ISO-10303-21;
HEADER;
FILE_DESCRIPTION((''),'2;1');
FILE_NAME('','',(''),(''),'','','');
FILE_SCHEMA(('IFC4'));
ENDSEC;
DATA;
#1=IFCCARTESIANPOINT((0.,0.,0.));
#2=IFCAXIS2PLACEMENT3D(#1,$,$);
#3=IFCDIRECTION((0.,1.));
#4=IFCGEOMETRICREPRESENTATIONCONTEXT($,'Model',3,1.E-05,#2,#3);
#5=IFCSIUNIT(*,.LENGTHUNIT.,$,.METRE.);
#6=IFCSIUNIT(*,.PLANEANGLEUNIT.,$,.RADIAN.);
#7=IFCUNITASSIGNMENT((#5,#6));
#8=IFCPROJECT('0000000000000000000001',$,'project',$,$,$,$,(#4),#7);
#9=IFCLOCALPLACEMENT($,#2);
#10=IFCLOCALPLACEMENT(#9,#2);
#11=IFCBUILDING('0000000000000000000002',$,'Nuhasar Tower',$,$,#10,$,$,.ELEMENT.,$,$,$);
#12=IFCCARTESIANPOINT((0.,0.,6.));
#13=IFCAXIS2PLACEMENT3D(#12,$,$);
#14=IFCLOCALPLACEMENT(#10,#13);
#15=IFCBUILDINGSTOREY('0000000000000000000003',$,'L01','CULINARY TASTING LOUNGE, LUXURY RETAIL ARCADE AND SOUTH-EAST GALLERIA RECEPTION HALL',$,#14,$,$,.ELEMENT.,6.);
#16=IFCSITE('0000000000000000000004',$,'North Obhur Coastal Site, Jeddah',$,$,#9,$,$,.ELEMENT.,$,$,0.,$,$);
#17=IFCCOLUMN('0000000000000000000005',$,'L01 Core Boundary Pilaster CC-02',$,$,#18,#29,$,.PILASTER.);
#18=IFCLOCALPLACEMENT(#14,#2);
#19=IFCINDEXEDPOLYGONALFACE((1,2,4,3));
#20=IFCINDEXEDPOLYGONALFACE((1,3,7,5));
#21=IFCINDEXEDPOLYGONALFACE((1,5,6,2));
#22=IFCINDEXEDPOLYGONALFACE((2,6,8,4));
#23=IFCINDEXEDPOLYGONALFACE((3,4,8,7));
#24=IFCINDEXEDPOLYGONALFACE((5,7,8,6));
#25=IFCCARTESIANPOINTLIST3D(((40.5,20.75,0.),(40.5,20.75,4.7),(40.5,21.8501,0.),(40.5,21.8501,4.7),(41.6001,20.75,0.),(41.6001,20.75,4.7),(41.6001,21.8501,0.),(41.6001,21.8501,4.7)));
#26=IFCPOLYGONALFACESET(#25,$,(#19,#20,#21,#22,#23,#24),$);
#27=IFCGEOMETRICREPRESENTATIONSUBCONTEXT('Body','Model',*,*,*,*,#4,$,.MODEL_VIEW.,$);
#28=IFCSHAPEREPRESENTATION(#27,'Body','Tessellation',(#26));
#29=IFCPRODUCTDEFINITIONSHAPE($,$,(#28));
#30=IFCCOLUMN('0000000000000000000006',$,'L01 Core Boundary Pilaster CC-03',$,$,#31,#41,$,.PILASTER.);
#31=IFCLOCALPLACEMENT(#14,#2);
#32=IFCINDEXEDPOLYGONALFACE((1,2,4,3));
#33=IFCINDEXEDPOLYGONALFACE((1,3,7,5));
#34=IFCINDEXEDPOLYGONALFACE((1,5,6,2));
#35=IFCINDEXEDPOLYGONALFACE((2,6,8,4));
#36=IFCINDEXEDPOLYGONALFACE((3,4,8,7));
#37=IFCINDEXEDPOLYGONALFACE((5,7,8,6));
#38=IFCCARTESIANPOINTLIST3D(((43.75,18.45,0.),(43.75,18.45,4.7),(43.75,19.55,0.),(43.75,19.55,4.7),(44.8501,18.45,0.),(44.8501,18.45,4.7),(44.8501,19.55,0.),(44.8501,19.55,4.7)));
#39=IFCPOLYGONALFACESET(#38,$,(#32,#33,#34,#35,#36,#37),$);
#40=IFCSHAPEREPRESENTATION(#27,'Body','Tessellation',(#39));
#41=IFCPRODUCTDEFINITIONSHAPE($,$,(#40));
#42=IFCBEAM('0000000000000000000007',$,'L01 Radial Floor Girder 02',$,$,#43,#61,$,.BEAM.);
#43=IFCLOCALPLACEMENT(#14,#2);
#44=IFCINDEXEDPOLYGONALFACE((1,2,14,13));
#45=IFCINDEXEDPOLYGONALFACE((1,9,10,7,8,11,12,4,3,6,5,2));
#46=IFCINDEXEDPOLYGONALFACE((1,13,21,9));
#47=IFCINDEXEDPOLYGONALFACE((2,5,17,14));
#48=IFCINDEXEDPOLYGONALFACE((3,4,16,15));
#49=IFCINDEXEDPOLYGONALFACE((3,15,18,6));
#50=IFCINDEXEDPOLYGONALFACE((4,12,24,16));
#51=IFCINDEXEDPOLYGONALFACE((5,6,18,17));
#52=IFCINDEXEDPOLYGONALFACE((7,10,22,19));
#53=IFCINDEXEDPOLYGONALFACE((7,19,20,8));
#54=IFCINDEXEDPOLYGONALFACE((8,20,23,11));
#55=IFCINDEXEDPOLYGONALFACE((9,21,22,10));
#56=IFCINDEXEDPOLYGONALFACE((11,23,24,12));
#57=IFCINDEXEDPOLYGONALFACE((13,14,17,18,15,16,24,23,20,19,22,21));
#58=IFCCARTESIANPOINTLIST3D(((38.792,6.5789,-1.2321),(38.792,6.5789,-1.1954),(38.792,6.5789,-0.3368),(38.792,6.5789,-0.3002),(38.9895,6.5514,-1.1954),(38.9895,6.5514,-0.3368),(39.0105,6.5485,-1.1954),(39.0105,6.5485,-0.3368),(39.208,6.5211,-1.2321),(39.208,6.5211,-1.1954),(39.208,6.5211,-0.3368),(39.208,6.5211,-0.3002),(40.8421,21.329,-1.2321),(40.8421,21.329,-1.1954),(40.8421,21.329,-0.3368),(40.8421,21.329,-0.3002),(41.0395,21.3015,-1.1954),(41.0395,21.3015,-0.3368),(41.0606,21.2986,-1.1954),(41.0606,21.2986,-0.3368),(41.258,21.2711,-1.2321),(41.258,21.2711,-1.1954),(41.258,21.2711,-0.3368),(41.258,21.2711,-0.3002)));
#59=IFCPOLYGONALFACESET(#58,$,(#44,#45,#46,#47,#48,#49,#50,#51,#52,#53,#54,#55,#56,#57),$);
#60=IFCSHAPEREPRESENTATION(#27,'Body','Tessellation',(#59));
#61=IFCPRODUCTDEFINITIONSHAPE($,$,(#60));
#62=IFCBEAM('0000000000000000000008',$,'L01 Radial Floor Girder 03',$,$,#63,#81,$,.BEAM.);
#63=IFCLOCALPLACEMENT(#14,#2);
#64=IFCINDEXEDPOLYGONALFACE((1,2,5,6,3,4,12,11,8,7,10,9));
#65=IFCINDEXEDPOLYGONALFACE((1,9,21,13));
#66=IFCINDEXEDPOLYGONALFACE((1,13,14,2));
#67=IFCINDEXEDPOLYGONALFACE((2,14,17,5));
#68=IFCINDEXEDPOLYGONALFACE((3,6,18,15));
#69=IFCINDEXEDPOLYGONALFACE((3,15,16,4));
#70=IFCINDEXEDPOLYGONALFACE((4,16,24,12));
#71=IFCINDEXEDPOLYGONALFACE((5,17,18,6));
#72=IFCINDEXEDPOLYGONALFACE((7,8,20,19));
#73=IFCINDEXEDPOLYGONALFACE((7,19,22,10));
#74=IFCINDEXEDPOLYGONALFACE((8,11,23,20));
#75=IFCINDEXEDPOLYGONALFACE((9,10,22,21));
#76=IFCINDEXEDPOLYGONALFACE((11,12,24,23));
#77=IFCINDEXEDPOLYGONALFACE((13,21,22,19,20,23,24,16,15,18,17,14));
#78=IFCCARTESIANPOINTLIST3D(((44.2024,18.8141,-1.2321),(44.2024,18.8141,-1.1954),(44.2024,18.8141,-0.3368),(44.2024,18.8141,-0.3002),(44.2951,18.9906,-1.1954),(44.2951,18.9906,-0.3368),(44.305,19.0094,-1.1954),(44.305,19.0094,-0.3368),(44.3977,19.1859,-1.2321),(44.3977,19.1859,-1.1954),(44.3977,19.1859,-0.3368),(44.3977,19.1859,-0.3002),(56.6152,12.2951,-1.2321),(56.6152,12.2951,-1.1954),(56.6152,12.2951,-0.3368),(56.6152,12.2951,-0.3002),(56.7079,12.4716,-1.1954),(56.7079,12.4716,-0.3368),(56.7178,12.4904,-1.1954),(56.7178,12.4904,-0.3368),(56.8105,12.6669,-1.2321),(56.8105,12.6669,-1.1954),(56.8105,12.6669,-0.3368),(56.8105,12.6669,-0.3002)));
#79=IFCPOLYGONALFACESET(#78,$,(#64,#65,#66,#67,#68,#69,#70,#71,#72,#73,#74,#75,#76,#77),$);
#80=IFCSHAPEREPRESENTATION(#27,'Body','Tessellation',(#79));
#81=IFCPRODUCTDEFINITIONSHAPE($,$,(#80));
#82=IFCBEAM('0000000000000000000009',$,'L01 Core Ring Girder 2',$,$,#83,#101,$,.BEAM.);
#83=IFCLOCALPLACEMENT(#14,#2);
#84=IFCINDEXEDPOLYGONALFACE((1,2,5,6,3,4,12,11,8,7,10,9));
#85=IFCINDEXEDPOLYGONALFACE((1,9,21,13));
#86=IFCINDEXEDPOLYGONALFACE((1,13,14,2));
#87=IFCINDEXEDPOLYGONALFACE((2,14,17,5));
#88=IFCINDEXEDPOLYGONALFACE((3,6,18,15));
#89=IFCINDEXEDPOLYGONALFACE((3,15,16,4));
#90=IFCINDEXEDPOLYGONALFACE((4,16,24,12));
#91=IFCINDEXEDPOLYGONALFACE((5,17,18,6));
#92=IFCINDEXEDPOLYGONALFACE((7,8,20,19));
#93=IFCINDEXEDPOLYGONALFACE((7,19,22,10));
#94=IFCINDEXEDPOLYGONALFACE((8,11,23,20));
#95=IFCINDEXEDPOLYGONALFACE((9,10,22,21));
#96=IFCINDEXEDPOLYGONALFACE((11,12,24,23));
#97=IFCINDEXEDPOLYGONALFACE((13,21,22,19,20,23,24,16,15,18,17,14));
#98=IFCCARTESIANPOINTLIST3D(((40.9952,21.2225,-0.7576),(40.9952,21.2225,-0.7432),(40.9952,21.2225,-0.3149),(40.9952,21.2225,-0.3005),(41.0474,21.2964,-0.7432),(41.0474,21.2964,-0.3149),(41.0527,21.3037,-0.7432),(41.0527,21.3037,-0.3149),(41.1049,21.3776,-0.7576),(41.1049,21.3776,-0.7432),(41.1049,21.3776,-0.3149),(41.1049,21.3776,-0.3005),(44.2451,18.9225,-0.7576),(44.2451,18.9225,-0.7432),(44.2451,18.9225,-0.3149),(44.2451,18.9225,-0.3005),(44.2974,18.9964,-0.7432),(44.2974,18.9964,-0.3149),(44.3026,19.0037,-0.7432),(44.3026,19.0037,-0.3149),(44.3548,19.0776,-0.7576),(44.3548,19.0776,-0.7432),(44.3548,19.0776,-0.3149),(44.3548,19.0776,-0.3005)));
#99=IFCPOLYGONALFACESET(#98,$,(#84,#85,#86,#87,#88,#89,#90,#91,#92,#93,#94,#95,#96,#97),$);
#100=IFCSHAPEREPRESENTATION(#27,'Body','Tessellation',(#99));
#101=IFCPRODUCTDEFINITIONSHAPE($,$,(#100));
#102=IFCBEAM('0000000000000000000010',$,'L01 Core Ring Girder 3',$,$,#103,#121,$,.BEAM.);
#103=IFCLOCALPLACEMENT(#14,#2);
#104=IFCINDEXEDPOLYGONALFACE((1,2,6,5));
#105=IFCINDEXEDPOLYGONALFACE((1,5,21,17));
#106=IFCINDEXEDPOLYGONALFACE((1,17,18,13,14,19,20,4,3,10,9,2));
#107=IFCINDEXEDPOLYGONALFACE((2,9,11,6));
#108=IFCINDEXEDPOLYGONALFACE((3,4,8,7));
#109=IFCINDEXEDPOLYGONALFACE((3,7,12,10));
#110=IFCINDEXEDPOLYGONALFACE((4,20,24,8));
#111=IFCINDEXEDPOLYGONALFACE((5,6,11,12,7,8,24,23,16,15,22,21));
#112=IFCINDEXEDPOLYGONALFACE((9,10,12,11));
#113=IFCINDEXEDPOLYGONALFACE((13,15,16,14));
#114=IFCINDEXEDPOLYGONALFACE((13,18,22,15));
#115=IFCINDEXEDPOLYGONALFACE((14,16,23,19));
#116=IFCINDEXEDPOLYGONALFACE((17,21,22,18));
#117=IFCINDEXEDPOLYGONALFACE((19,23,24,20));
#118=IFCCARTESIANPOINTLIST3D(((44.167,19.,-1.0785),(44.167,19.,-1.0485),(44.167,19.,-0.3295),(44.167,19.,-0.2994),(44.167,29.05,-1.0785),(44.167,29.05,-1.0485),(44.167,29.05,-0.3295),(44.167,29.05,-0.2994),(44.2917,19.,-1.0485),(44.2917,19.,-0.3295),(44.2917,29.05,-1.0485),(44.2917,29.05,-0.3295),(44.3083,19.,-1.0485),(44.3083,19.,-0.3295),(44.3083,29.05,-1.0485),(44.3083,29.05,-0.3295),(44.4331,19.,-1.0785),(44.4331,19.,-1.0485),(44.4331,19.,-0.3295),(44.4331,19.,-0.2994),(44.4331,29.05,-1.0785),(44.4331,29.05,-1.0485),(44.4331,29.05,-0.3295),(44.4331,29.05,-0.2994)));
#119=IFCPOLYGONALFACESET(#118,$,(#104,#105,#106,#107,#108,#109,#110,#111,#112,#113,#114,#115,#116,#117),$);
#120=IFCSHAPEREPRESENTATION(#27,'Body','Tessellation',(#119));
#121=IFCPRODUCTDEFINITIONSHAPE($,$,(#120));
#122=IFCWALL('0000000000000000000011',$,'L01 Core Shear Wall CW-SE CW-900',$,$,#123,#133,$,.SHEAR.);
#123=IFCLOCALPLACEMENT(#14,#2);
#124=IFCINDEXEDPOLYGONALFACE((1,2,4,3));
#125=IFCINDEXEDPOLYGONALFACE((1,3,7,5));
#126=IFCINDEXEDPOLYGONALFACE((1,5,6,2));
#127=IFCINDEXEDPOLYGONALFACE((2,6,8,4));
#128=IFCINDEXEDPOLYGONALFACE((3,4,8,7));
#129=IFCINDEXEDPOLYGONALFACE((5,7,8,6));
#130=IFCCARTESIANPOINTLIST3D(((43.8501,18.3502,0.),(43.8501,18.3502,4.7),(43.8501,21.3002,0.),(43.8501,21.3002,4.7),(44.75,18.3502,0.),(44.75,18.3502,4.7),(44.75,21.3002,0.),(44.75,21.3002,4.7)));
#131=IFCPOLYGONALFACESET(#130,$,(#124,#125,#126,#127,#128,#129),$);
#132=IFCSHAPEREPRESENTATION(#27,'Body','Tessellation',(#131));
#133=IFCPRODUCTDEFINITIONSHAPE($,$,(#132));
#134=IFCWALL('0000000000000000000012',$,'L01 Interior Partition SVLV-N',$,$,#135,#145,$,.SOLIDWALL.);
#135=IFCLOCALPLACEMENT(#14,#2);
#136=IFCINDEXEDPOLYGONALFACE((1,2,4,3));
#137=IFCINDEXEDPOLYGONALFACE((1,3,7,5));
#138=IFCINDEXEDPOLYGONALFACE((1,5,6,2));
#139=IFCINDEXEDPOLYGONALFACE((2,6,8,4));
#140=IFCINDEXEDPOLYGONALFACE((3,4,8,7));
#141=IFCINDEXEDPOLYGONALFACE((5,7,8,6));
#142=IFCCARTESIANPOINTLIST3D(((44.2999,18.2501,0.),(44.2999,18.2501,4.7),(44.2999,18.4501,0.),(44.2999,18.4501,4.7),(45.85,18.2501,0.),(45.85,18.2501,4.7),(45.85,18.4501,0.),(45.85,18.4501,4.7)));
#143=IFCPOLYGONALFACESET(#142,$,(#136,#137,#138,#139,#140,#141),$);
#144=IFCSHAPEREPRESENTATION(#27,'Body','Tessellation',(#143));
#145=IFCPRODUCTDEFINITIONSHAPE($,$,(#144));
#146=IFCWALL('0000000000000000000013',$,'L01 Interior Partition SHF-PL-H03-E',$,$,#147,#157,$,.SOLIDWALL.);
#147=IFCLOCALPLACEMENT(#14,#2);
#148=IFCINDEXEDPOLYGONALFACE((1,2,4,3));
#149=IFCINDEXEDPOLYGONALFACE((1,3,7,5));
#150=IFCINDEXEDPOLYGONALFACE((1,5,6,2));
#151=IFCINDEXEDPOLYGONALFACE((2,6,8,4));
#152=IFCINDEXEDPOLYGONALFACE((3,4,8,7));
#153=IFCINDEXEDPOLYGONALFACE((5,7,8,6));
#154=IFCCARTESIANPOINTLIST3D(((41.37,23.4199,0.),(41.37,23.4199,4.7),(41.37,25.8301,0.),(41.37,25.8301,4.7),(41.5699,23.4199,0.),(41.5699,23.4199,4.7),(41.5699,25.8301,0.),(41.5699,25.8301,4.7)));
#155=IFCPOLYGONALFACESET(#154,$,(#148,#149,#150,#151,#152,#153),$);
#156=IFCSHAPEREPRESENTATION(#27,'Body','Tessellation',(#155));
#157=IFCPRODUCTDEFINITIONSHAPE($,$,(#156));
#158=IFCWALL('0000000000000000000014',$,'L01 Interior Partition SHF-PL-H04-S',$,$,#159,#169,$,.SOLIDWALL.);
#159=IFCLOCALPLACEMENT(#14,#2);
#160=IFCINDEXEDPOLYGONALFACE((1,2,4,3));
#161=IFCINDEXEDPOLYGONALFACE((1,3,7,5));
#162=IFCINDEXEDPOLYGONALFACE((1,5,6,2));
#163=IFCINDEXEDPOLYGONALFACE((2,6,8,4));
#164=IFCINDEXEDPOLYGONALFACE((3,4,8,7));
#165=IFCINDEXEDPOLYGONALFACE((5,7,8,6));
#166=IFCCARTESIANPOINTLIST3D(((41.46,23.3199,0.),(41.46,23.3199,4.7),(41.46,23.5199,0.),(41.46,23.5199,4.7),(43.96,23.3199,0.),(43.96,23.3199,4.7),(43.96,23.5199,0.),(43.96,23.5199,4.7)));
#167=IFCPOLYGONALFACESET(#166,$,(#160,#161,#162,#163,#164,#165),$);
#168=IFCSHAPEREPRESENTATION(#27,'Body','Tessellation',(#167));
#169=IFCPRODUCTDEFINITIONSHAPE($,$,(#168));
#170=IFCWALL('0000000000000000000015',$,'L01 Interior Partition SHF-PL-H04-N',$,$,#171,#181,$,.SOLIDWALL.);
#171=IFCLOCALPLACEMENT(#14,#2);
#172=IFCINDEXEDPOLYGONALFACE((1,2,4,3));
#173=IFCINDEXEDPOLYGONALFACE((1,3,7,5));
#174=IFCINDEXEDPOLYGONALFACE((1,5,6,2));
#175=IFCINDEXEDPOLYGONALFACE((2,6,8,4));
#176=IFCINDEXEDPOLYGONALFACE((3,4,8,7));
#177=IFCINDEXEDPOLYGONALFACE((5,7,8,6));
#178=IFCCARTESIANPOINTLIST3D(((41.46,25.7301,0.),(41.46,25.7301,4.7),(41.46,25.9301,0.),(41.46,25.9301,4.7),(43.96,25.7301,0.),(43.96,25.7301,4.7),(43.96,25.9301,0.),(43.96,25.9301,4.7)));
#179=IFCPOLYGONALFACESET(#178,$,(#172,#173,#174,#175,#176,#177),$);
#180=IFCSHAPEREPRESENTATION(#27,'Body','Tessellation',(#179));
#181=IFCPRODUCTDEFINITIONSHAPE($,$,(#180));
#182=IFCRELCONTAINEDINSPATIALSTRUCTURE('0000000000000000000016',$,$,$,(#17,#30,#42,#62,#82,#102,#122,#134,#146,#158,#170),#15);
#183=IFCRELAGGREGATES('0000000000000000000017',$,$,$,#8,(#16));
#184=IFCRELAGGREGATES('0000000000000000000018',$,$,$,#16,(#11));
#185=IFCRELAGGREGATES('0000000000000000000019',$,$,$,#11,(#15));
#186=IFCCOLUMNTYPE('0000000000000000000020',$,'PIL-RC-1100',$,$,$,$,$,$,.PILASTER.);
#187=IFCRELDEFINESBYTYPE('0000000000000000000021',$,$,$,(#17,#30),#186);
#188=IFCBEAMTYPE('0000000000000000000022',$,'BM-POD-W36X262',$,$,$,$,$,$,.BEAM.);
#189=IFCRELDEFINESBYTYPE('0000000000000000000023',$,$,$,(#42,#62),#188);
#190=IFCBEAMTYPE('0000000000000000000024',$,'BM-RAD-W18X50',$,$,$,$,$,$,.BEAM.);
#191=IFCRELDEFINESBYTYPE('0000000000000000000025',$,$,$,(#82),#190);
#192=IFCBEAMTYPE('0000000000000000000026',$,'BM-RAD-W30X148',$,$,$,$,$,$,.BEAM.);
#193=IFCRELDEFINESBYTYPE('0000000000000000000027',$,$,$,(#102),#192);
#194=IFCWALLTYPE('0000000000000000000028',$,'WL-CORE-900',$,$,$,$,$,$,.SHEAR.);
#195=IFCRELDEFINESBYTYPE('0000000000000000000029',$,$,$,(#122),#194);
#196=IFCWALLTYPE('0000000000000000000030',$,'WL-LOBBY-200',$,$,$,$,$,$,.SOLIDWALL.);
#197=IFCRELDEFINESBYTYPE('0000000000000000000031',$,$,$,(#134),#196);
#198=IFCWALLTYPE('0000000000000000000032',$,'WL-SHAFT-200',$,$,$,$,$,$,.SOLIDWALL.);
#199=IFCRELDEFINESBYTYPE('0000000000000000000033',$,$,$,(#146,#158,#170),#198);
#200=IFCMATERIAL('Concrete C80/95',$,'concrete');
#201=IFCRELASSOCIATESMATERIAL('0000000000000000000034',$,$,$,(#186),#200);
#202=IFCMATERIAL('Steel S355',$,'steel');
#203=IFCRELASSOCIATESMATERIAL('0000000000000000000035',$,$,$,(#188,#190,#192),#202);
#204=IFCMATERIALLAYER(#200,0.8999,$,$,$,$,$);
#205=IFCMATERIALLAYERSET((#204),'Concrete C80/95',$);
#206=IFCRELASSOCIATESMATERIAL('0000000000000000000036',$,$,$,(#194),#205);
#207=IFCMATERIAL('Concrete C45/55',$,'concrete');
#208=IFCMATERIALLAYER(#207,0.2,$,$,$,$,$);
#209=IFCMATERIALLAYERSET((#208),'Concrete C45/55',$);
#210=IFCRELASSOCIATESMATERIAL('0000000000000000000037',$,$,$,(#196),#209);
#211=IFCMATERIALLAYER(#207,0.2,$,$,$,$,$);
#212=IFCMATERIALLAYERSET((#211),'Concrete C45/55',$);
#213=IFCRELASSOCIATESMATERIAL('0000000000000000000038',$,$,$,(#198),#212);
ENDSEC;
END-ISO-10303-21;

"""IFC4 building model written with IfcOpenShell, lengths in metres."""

from ifc_helpers import new_model, si_unit, direction, frame, frame_2d, origin, origin_2d, place, context, subcontext, project, spatial, rectangle, i_section, extrude, material, layer, layer_set, material_profile, profile_set, type_object, element, save


model = new_model("IFC4")

# Units and contexts
model_context = context("Model", 3, precision=1e-05, world=origin(), true_north=direction((0.0, 1.0)))
body_context = subcontext(model_context, "Body", "Model", "MODEL_VIEW")
ifc_project = project(units=[si_unit("LENGTHUNIT", "METRE"), si_unit("PLANEANGLEUNIT", "RADIAN")], contexts=[model_context])

# Site, building, storey
site_placement = place(None, origin())
site = spatial("IfcSite", under=ifc_project, at=site_placement, Name="North Obhur Coastal Site, Jeddah", CompositionType="ELEMENT", RefElevation=0.0)
building_placement = place(site_placement, origin())
building = spatial("IfcBuilding", under=site, at=building_placement, Name="Nuhasar Tower", CompositionType="ELEMENT")
storey_placement = place(building_placement, frame((0.0, 0.0, 6.0)))
storey = spatial("IfcBuildingStorey", under=building, at=storey_placement, Name="L01", Description="CULINARY TASTING LOUNGE, LUXURY RETAIL ARCADE AND SOUTH-EAST GALLERIA RECEPTION HALL", CompositionType="ELEMENT", Elevation=6.0)

# Columns
ifc_material_1 = material(Name="Concrete C80/95", Category="concrete")
ifc_material_profile_1 = material_profile(ifc_material_1, rectangle(XDim=1.1001, YDim=1.1001, at=origin_2d()), Name="RC1100X1100")
ifc_profile_set_1 = profile_set([ifc_material_profile_1], Name="Concrete C80/95")
column_type = type_object("IfcColumnType", Name="PIL-RC-1100", PredefinedType="PILASTER", material=ifc_profile_set_1)
for number, where, z_axis, x_axis, name in (
    (1, (41.05, 21.3, 0.0), (0.0, 0.0, 1.0), (1.0, 0.0, 0.0), "L01 Core Boundary Pilaster CC-02"),
    (2, (44.3, 19.0, 0.0), (0.0, 0.0, 1.0), (1.0, 0.0, 0.0), "L01 Core Boundary Pilaster CC-03"),
):
    element("IfcColumn", number, at=place(storey_placement, frame(where, z_axis=z_axis, x_axis=x_axis)), inside=storey, type_object=column_type, Name=name, PredefinedType="PILASTER", context=body_context, shape_type="SweptSolid", body=[
        extrude(rectangle(XDim=1.1001, YDim=1.1001, at=origin_2d()), origin(), (0.0, 0.0, 1.0), 4.7),
    ])

# Beams
ifc_material_2 = material(Name="Steel S355", Category="steel")
ifc_material_profile_2 = material_profile(ifc_material_2, i_section(OverallWidth=0.4199, OverallDepth=0.9319, WebThickness=0.0212, FlangeThickness=0.0366, at=origin_2d()), Name="W36X262")
ifc_profile_set_2 = profile_set([ifc_material_profile_2], Name="Steel S355")
beam_type_1 = type_object("IfcBeamType", Name="BM-POD-W36X262", PredefinedType="BEAM", material=ifc_profile_set_2)
beam_1_placement = place(storey_placement, frame((41.05, 21.3, -0.7661), z_axis=(-0.137663, -0.990479, 0.0), x_axis=(0.990479, -0.137663, 0.0)))
element("IfcBeam", 3, at=beam_1_placement, inside=storey, type_object=beam_type_1, Name="L01 Radial Floor Girder 02", PredefinedType="BEAM", context=body_context, shape_type="SweptSolid", body=[
    extrude(i_section(OverallWidth=0.4199, OverallDepth=0.9319, WebThickness=0.0212, FlangeThickness=0.0366, at=origin_2d()), origin(), (0.0, 0.0, 1.0), 14.8918),
])
beam_2_placement = place(storey_placement, frame((44.3, 19.0, -0.7661), z_axis=(0.88533, -0.464963, 0.0), x_axis=(0.464963, 0.88533, 0.0)))
element("IfcBeam", 4, at=beam_2_placement, inside=storey, type_object=beam_type_1, Name="L01 Radial Floor Girder 03", PredefinedType="BEAM", context=body_context, shape_type="SweptSolid", body=[
    extrude(i_section(OverallWidth=0.4199, OverallDepth=0.9319, WebThickness=0.0212, FlangeThickness=0.0366, at=origin_2d()), origin(), (0.0, 0.0, 1.0), 14.0205),
])
ifc_material_profile_3 = material_profile(ifc_material_2, i_section(OverallWidth=0.1899, OverallDepth=0.457, WebThickness=0.009, FlangeThickness=0.0144, at=origin_2d()), Name="W18X50")
ifc_profile_set_3 = profile_set([ifc_material_profile_3], Name="Steel S355")
beam_type_2 = type_object("IfcBeamType", Name="BM-RAD-W18X50", PredefinedType="BEAM", material=ifc_profile_set_3)
beam_3_placement = place(storey_placement, frame((41.05, 21.3, -0.5291), z_axis=(0.816265, -0.577677, 0.0), x_axis=(0.577677, 0.816265, 0.0)))
element("IfcBeam", 5, at=beam_3_placement, inside=storey, type_object=beam_type_2, Name="L01 Core Ring Girder 2", PredefinedType="BEAM", context=body_context, shape_type="SweptSolid", body=[
    extrude(i_section(OverallWidth=0.1899, OverallDepth=0.457, WebThickness=0.009, FlangeThickness=0.0144, at=origin_2d()), origin(), (0.0, 0.0, 1.0), 3.9814),
])
ifc_material_profile_4 = material_profile(ifc_material_2, i_section(OverallWidth=0.2661, OverallDepth=0.7791, WebThickness=0.0166, FlangeThickness=0.03, at=origin_2d()), Name="W30X148")
ifc_profile_set_4 = profile_set([ifc_material_profile_4], Name="Steel S355")
beam_type_3 = type_object("IfcBeamType", Name="BM-RAD-W30X148", PredefinedType="BEAM", material=ifc_profile_set_4)
beam_4_placement = place(storey_placement, frame((44.3, 19.0, -0.689), z_axis=(0.0, 1.0, 0.0), x_axis=(-1.0, 0.0, 0.0)))
element("IfcBeam", 6, at=beam_4_placement, inside=storey, type_object=beam_type_3, Name="L01 Core Ring Girder 3", PredefinedType="BEAM", context=body_context, shape_type="SweptSolid", body=[
    extrude(i_section(OverallWidth=0.2661, OverallDepth=0.7791, WebThickness=0.0166, FlangeThickness=0.03, at=origin_2d()), origin(), (0.0, 0.0, 1.0), 10.05),
])

# Wall
ifc_layer_1 = layer(ifc_material_1, 0.8999)
ifc_layer_set_1 = layer_set([ifc_layer_1], Name="Concrete C80/95")
wall_type_1 = type_object("IfcWallType", Name="WL-CORE-900", PredefinedType="SHEAR", material=ifc_layer_set_1)
wall_1_placement = place(storey_placement, frame((44.3, 18.3501, 0.0), z_axis=(0.0, 0.0, 1.0), x_axis=(0.0, 1.0, 0.0)))
element("IfcWall", 7, at=wall_1_placement, inside=storey, type_object=wall_type_1, Name="L01 Core Shear Wall CW-SE CW-900", PredefinedType="SHEAR", context=body_context, shape_type="SweptSolid", body=[
    extrude(rectangle(XDim=2.95, YDim=0.8999, at=frame_2d((1.4751, 0.0))), origin(), (0.0, 0.0, 1.0), 4.7),
])

# Shared definitions
ifc_material_3 = material(Name="Concrete C45/55", Category="concrete")
ifc_layer_2 = layer(ifc_material_3, 0.2)
ifc_layer_set_2 = layer_set([ifc_layer_2], Name="Concrete C45/55")
wall_type_2 = type_object("IfcWallType", Name="WL-LOBBY-200", PredefinedType="SOLIDWALL", material=ifc_layer_set_2)

# Walls
wall_2_placement = place(storey_placement, frame((44.3, 18.3501, 0.0), z_axis=(0.0, 0.0, 1.0), x_axis=(1.0, 0.0, 0.0)))
element("IfcWall", 8, at=wall_2_placement, inside=storey, type_object=wall_type_2, Name="L01 Interior Partition SVLV-N", PredefinedType="SOLIDWALL", context=body_context, shape_type="SweptSolid", body=[
    extrude(rectangle(XDim=1.55, YDim=0.2, at=frame_2d((0.7749, 0.0))), origin(), (0.0, 0.0, 1.0), 4.7),
])
ifc_layer_3 = layer(ifc_material_3, 0.2)
ifc_layer_set_3 = layer_set([ifc_layer_3], Name="Concrete C45/55")
wall_type_3 = type_object("IfcWallType", Name="WL-SHAFT-200", PredefinedType="SOLIDWALL", material=ifc_layer_set_3)
wall_3_placement = place(storey_placement, frame((41.47, 23.4199, 0.0), z_axis=(0.0, 0.0, 1.0), x_axis=(0.0, 1.0, 0.0)))
element("IfcWall", 9, at=wall_3_placement, inside=storey, type_object=wall_type_3, Name="L01 Interior Partition SHF-PL-H03-E", PredefinedType="SOLIDWALL", context=body_context, shape_type="SweptSolid", body=[
    extrude(rectangle(XDim=2.4102, YDim=0.2, at=frame_2d((1.2051, 0.0))), origin(), (0.0, 0.0, 1.0), 4.7),
])
for number, where, z_axis, x_axis, name in (
    (10, (41.46, 23.4199, 0.0), (0.0, 0.0, 1.0), (1.0, 0.0, 0.0), "L01 Interior Partition SHF-PL-H04-S"),
    (11, (41.46, 25.8301, 0.0), (0.0, 0.0, 1.0), (1.0, 0.0, 0.0), "L01 Interior Partition SHF-PL-H04-N"),
):
    element("IfcWall", number, at=place(storey_placement, frame(where, z_axis=z_axis, x_axis=x_axis)), inside=storey, type_object=wall_type_3, Name=name, PredefinedType="SOLIDWALL", context=body_context, shape_type="SweptSolid", body=[
        extrude(rectangle(XDim=2.5, YDim=0.2, at=frame_2d((1.25, 0.0))), origin(), (0.0, 0.0, 1.0), 4.7),
    ])

save(model, "model.ifc")
